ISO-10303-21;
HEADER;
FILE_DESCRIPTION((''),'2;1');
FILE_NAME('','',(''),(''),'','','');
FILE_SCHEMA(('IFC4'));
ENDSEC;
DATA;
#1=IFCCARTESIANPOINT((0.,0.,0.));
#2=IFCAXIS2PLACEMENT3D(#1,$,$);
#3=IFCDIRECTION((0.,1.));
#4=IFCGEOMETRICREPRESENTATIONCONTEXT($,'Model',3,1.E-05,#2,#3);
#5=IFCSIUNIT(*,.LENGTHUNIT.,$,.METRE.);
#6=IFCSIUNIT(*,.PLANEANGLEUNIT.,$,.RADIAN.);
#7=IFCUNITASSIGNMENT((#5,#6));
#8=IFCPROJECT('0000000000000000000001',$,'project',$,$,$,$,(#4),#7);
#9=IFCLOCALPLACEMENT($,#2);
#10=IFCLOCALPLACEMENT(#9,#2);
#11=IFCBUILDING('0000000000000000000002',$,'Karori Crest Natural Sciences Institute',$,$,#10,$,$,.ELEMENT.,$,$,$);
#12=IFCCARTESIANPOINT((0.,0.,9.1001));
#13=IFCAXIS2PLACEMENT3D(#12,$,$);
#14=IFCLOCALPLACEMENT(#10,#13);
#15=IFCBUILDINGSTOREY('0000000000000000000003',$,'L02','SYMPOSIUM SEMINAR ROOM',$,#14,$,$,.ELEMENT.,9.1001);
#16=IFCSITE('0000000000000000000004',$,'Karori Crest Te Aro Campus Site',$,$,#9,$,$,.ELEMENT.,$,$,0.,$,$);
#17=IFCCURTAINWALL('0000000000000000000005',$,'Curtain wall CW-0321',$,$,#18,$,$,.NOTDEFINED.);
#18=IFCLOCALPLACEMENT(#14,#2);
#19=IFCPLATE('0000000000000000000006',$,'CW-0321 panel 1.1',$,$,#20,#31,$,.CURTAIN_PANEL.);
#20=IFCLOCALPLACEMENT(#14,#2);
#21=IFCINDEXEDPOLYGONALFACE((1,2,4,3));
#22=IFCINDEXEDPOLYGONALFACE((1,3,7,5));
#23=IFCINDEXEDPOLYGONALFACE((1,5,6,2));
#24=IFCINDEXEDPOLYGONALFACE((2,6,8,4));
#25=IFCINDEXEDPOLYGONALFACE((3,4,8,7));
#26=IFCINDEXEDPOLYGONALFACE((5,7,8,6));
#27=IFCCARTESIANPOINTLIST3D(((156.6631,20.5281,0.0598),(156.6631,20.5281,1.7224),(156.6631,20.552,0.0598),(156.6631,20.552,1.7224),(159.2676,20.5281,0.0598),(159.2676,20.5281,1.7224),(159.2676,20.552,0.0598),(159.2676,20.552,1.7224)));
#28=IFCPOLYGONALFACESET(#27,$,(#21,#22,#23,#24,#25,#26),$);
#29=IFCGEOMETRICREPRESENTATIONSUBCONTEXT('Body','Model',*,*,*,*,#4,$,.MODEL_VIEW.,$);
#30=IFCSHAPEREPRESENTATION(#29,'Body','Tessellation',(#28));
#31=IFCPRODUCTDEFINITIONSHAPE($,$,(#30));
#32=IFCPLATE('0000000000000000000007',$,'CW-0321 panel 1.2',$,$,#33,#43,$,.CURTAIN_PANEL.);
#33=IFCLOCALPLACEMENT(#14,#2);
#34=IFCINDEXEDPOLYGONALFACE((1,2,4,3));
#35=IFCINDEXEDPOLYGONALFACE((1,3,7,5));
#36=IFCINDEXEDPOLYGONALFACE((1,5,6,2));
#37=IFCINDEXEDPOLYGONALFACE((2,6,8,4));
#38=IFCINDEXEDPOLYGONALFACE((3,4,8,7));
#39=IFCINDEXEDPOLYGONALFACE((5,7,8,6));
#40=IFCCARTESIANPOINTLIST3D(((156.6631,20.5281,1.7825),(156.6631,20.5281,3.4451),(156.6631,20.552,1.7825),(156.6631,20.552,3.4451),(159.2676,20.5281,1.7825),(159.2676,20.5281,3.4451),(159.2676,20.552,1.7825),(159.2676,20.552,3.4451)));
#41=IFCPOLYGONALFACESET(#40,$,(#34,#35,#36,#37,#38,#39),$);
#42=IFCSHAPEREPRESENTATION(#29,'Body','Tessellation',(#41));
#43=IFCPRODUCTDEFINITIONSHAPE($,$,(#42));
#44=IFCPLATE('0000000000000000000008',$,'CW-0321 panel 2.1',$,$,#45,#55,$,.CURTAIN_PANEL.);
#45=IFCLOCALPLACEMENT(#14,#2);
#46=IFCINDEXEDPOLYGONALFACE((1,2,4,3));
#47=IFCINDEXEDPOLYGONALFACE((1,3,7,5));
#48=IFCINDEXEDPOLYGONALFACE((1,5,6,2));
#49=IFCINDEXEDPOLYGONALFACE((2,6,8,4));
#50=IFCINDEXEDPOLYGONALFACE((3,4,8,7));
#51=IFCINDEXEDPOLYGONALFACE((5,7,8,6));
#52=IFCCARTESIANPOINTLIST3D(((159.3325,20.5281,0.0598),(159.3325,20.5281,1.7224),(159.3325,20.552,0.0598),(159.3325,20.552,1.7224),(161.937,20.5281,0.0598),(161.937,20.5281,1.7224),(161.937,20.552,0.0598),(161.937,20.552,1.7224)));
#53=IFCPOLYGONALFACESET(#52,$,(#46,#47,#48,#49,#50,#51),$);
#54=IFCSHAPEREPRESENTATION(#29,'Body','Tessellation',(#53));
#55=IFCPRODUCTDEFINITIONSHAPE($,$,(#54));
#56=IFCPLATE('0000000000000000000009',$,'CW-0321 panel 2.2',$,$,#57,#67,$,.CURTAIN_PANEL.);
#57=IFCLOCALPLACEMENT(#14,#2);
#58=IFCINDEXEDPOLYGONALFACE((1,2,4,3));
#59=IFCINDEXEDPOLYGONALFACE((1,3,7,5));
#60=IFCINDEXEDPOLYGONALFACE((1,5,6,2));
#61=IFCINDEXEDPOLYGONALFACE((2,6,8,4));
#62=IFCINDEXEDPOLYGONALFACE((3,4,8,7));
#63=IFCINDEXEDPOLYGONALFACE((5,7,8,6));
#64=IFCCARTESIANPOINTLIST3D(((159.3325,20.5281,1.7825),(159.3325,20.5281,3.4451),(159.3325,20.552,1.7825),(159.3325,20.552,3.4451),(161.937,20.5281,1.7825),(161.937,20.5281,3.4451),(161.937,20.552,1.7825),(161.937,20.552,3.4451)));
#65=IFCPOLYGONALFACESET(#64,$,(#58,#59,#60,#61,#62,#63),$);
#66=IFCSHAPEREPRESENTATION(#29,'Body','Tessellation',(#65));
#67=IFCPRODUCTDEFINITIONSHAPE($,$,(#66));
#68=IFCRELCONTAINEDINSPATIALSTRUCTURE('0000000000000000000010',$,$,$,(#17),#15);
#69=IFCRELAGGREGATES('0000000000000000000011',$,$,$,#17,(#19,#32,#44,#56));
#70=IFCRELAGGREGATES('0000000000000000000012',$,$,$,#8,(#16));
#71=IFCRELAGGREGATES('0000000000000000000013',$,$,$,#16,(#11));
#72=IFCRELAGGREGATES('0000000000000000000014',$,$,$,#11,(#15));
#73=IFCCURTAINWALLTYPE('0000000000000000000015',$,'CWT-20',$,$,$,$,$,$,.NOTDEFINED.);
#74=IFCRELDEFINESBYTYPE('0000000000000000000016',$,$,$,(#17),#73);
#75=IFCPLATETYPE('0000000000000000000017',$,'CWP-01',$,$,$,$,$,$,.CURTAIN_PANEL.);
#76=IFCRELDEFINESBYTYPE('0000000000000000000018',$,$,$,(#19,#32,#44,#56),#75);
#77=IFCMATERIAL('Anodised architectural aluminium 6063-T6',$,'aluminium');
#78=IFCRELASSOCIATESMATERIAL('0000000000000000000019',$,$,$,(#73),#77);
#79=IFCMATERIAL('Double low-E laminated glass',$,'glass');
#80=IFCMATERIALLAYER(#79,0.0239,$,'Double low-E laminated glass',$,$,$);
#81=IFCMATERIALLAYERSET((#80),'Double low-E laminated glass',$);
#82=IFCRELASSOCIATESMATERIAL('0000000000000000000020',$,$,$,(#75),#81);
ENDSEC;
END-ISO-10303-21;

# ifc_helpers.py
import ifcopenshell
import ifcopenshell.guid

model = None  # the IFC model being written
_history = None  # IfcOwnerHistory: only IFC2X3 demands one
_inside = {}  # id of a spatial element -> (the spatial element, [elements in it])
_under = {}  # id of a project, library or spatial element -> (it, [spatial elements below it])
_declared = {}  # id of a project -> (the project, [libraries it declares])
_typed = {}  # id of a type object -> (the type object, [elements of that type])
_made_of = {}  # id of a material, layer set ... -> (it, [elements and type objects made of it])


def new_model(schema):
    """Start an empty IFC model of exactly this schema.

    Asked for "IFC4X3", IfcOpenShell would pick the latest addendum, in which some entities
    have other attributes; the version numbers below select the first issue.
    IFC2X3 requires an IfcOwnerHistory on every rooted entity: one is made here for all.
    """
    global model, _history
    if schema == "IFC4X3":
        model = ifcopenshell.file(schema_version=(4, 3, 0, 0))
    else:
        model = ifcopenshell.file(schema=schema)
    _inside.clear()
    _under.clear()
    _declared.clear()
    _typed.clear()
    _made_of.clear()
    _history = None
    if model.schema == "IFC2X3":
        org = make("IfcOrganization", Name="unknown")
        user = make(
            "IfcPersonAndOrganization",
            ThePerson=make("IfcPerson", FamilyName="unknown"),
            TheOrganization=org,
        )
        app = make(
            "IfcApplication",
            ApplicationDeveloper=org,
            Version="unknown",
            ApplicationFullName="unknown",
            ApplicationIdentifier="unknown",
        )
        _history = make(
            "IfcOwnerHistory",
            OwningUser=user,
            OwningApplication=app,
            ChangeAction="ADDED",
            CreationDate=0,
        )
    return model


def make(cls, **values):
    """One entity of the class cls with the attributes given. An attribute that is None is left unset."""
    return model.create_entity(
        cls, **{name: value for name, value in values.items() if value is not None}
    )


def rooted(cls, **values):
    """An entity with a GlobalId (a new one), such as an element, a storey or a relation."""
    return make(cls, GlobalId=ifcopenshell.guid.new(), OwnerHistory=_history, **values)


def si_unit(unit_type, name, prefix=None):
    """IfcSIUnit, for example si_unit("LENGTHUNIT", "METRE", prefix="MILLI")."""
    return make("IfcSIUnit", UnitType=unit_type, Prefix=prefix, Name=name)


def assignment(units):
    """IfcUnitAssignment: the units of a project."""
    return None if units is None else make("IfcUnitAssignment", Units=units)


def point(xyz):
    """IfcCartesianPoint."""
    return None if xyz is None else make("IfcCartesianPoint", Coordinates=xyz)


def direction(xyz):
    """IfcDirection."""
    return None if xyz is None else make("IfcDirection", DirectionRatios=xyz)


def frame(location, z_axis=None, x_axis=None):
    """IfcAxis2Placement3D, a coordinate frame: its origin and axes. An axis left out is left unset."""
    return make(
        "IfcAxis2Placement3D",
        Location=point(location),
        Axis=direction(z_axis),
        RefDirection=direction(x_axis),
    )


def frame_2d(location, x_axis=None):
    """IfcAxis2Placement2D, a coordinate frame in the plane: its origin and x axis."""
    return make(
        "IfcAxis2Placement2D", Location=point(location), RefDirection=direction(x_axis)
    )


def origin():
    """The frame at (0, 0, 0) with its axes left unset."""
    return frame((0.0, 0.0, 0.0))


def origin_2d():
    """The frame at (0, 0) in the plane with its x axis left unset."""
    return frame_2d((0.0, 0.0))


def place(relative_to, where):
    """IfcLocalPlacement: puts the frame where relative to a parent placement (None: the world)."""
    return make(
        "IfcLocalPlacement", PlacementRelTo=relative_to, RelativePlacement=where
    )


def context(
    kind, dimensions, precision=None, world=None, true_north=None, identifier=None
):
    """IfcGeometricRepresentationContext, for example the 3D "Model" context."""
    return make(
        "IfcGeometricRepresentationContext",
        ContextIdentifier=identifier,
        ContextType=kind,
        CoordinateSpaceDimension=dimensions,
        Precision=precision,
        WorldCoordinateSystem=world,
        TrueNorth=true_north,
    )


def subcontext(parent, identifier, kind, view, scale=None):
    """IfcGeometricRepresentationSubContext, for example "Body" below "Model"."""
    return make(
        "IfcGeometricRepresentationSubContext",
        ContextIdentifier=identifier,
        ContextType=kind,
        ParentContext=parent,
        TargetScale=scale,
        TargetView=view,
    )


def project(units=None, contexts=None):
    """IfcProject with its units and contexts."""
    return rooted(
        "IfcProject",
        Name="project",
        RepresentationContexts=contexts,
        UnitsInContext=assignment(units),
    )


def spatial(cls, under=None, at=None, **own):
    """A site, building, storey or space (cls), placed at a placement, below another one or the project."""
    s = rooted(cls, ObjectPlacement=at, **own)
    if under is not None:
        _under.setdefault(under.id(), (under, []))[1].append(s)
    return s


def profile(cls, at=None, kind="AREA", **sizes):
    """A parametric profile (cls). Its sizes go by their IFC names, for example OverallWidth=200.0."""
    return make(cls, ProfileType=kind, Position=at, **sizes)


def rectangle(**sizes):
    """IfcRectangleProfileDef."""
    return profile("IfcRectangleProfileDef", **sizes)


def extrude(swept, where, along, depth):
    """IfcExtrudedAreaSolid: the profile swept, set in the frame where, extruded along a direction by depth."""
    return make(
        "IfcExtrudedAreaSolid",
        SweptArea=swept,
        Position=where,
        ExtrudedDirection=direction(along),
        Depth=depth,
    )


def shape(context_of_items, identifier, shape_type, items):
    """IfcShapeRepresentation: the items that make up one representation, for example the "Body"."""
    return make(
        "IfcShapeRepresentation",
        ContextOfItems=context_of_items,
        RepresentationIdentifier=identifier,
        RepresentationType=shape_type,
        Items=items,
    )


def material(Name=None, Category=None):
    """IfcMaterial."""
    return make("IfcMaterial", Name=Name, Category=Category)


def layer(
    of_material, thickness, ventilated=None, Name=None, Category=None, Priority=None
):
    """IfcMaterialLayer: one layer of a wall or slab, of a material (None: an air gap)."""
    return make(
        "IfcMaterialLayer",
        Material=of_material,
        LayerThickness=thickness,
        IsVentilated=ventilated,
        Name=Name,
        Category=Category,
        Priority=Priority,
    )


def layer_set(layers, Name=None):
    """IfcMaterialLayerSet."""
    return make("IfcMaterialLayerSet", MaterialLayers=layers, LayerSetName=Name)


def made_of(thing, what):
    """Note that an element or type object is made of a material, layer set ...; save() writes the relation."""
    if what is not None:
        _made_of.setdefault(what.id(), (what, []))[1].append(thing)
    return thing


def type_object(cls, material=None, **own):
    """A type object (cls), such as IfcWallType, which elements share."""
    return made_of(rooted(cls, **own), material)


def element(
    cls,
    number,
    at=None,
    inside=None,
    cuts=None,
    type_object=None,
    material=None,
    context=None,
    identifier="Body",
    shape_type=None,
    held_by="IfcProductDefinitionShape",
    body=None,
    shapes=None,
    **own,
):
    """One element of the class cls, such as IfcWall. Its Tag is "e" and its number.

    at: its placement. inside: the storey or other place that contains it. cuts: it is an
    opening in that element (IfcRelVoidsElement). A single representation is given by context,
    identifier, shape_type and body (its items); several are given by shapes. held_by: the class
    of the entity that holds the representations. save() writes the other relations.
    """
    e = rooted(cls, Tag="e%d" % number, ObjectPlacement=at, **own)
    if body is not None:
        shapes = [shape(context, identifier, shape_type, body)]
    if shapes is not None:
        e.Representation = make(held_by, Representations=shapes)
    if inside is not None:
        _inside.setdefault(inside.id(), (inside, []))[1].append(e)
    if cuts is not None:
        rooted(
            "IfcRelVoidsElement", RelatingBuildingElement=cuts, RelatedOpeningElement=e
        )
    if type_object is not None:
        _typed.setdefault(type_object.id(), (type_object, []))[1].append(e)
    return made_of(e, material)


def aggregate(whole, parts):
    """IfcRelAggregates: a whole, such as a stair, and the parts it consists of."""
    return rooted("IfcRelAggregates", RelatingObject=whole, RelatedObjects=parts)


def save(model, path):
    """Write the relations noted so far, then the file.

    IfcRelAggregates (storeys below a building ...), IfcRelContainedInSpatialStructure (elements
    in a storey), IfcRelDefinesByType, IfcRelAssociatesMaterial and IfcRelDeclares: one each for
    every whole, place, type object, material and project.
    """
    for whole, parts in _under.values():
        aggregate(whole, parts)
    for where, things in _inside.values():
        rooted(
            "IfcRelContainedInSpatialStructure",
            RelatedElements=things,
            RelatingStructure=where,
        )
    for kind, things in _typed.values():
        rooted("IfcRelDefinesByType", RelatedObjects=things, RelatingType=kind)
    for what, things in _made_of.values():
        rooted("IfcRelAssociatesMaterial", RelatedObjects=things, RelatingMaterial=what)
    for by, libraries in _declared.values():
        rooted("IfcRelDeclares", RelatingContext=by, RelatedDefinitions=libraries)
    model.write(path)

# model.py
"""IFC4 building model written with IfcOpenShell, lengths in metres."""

from ifc_helpers import new_model, si_unit, direction, frame, origin, origin_2d, place, context, subcontext, project, spatial, rectangle, extrude, material, layer, layer_set, type_object, element, aggregate, save


model = new_model("IFC4")

# Units and contexts
model_context = context("Model", 3, precision=1e-05, world=origin(), true_north=direction((0.0, 1.0)))
body_context = subcontext(model_context, "Body", "Model", "MODEL_VIEW")
ifc_project = project(units=[si_unit("LENGTHUNIT", "METRE"), si_unit("PLANEANGLEUNIT", "RADIAN")], contexts=[model_context])

# Site, building, storey
site_placement = place(None, origin())
site = spatial("IfcSite", under=ifc_project, at=site_placement, Name="Karori Crest Te Aro Campus Site", CompositionType="ELEMENT", RefElevation=0.0)
building_placement = place(site_placement, origin())
building = spatial("IfcBuilding", under=site, at=building_placement, Name="Karori Crest Natural Sciences Institute", CompositionType="ELEMENT")
storey_placement = place(building_placement, frame((0.0, 0.0, 9.1001)))
storey = spatial("IfcBuildingStorey", under=building, at=storey_placement, Name="L02", Description="SYMPOSIUM SEMINAR ROOM", CompositionType="ELEMENT", Elevation=9.1001)

# Curtain wall
ifc_material_1 = material(Name="Anodised architectural aluminium 6063-T6", Category="aluminium")
curtain_wall_type = type_object("IfcCurtainWallType", Name="CWT-20", PredefinedType="NOTDEFINED", material=ifc_material_1)
curtain_wall_1_placement = place(storey_placement, origin())
curtain_wall_1 = element("IfcCurtainWall", 1, at=curtain_wall_1_placement, inside=storey, type_object=curtain_wall_type, Name="Curtain wall CW-0321", PredefinedType="NOTDEFINED")

# Plates
ifc_material_2 = material(Name="Double low-E laminated glass", Category="glass")
ifc_layer = layer(ifc_material_2, 0.0239, Name="Double low-E laminated glass")
ifc_layer_set = layer_set([ifc_layer], Name="Double low-E laminated glass")
plate_type = type_object("IfcPlateType", Name="CWP-01", PredefinedType="CURTAIN_PANEL", material=ifc_layer_set)
plate_1_placement = place(storey_placement, frame((157.9653, 20.54, 0.0598), z_axis=(0.0, 0.0, 1.0), x_axis=(1.0, 0.0, 0.0)))
plate_1 = element("IfcPlate", 2, at=plate_1_placement, type_object=plate_type, Name="CW-0321 panel 1.1", PredefinedType="CURTAIN_PANEL", context=body_context, shape_type="SweptSolid", body=[
    extrude(rectangle(XDim=2.6045, YDim=0.0239, at=origin_2d()), origin(), (0.0, 0.0, 1.0), 1.6626),
])
plate_2_placement = place(storey_placement, frame((157.9653, 20.54, 1.7825), z_axis=(0.0, 0.0, 1.0), x_axis=(1.0, 0.0, 0.0)))
plate_2 = element("IfcPlate", 3, at=plate_2_placement, type_object=plate_type, Name="CW-0321 panel 1.2", PredefinedType="CURTAIN_PANEL", context=body_context, shape_type="SweptSolid", body=[
    extrude(rectangle(XDim=2.6045, YDim=0.0239, at=origin_2d()), origin(), (0.0, 0.0, 1.0), 1.6626),
])
plate_3_placement = place(storey_placement, frame((160.6348, 20.54, 0.0598), z_axis=(0.0, 0.0, 1.0), x_axis=(1.0, 0.0, 0.0)))
plate_3 = element("IfcPlate", 4, at=plate_3_placement, type_object=plate_type, Name="CW-0321 panel 2.1", PredefinedType="CURTAIN_PANEL", context=body_context, shape_type="SweptSolid", body=[
    extrude(rectangle(XDim=2.6045, YDim=0.0239, at=origin_2d()), origin(), (0.0, 0.0, 1.0), 1.6626),
])
plate_4_placement = place(storey_placement, frame((160.6348, 20.54, 1.7825), z_axis=(0.0, 0.0, 1.0), x_axis=(1.0, 0.0, 0.0)))
plate_4 = element("IfcPlate", 5, at=plate_4_placement, type_object=plate_type, Name="CW-0321 panel 2.2", PredefinedType="CURTAIN_PANEL", context=body_context, shape_type="SweptSolid", body=[
    extrude(rectangle(XDim=2.6045, YDim=0.0239, at=origin_2d()), origin(), (0.0, 0.0, 1.0), 1.6626),
])
aggregate(curtain_wall_1, [plate_1, plate_2, plate_3, plate_4])

save(model, "model.ifc")
